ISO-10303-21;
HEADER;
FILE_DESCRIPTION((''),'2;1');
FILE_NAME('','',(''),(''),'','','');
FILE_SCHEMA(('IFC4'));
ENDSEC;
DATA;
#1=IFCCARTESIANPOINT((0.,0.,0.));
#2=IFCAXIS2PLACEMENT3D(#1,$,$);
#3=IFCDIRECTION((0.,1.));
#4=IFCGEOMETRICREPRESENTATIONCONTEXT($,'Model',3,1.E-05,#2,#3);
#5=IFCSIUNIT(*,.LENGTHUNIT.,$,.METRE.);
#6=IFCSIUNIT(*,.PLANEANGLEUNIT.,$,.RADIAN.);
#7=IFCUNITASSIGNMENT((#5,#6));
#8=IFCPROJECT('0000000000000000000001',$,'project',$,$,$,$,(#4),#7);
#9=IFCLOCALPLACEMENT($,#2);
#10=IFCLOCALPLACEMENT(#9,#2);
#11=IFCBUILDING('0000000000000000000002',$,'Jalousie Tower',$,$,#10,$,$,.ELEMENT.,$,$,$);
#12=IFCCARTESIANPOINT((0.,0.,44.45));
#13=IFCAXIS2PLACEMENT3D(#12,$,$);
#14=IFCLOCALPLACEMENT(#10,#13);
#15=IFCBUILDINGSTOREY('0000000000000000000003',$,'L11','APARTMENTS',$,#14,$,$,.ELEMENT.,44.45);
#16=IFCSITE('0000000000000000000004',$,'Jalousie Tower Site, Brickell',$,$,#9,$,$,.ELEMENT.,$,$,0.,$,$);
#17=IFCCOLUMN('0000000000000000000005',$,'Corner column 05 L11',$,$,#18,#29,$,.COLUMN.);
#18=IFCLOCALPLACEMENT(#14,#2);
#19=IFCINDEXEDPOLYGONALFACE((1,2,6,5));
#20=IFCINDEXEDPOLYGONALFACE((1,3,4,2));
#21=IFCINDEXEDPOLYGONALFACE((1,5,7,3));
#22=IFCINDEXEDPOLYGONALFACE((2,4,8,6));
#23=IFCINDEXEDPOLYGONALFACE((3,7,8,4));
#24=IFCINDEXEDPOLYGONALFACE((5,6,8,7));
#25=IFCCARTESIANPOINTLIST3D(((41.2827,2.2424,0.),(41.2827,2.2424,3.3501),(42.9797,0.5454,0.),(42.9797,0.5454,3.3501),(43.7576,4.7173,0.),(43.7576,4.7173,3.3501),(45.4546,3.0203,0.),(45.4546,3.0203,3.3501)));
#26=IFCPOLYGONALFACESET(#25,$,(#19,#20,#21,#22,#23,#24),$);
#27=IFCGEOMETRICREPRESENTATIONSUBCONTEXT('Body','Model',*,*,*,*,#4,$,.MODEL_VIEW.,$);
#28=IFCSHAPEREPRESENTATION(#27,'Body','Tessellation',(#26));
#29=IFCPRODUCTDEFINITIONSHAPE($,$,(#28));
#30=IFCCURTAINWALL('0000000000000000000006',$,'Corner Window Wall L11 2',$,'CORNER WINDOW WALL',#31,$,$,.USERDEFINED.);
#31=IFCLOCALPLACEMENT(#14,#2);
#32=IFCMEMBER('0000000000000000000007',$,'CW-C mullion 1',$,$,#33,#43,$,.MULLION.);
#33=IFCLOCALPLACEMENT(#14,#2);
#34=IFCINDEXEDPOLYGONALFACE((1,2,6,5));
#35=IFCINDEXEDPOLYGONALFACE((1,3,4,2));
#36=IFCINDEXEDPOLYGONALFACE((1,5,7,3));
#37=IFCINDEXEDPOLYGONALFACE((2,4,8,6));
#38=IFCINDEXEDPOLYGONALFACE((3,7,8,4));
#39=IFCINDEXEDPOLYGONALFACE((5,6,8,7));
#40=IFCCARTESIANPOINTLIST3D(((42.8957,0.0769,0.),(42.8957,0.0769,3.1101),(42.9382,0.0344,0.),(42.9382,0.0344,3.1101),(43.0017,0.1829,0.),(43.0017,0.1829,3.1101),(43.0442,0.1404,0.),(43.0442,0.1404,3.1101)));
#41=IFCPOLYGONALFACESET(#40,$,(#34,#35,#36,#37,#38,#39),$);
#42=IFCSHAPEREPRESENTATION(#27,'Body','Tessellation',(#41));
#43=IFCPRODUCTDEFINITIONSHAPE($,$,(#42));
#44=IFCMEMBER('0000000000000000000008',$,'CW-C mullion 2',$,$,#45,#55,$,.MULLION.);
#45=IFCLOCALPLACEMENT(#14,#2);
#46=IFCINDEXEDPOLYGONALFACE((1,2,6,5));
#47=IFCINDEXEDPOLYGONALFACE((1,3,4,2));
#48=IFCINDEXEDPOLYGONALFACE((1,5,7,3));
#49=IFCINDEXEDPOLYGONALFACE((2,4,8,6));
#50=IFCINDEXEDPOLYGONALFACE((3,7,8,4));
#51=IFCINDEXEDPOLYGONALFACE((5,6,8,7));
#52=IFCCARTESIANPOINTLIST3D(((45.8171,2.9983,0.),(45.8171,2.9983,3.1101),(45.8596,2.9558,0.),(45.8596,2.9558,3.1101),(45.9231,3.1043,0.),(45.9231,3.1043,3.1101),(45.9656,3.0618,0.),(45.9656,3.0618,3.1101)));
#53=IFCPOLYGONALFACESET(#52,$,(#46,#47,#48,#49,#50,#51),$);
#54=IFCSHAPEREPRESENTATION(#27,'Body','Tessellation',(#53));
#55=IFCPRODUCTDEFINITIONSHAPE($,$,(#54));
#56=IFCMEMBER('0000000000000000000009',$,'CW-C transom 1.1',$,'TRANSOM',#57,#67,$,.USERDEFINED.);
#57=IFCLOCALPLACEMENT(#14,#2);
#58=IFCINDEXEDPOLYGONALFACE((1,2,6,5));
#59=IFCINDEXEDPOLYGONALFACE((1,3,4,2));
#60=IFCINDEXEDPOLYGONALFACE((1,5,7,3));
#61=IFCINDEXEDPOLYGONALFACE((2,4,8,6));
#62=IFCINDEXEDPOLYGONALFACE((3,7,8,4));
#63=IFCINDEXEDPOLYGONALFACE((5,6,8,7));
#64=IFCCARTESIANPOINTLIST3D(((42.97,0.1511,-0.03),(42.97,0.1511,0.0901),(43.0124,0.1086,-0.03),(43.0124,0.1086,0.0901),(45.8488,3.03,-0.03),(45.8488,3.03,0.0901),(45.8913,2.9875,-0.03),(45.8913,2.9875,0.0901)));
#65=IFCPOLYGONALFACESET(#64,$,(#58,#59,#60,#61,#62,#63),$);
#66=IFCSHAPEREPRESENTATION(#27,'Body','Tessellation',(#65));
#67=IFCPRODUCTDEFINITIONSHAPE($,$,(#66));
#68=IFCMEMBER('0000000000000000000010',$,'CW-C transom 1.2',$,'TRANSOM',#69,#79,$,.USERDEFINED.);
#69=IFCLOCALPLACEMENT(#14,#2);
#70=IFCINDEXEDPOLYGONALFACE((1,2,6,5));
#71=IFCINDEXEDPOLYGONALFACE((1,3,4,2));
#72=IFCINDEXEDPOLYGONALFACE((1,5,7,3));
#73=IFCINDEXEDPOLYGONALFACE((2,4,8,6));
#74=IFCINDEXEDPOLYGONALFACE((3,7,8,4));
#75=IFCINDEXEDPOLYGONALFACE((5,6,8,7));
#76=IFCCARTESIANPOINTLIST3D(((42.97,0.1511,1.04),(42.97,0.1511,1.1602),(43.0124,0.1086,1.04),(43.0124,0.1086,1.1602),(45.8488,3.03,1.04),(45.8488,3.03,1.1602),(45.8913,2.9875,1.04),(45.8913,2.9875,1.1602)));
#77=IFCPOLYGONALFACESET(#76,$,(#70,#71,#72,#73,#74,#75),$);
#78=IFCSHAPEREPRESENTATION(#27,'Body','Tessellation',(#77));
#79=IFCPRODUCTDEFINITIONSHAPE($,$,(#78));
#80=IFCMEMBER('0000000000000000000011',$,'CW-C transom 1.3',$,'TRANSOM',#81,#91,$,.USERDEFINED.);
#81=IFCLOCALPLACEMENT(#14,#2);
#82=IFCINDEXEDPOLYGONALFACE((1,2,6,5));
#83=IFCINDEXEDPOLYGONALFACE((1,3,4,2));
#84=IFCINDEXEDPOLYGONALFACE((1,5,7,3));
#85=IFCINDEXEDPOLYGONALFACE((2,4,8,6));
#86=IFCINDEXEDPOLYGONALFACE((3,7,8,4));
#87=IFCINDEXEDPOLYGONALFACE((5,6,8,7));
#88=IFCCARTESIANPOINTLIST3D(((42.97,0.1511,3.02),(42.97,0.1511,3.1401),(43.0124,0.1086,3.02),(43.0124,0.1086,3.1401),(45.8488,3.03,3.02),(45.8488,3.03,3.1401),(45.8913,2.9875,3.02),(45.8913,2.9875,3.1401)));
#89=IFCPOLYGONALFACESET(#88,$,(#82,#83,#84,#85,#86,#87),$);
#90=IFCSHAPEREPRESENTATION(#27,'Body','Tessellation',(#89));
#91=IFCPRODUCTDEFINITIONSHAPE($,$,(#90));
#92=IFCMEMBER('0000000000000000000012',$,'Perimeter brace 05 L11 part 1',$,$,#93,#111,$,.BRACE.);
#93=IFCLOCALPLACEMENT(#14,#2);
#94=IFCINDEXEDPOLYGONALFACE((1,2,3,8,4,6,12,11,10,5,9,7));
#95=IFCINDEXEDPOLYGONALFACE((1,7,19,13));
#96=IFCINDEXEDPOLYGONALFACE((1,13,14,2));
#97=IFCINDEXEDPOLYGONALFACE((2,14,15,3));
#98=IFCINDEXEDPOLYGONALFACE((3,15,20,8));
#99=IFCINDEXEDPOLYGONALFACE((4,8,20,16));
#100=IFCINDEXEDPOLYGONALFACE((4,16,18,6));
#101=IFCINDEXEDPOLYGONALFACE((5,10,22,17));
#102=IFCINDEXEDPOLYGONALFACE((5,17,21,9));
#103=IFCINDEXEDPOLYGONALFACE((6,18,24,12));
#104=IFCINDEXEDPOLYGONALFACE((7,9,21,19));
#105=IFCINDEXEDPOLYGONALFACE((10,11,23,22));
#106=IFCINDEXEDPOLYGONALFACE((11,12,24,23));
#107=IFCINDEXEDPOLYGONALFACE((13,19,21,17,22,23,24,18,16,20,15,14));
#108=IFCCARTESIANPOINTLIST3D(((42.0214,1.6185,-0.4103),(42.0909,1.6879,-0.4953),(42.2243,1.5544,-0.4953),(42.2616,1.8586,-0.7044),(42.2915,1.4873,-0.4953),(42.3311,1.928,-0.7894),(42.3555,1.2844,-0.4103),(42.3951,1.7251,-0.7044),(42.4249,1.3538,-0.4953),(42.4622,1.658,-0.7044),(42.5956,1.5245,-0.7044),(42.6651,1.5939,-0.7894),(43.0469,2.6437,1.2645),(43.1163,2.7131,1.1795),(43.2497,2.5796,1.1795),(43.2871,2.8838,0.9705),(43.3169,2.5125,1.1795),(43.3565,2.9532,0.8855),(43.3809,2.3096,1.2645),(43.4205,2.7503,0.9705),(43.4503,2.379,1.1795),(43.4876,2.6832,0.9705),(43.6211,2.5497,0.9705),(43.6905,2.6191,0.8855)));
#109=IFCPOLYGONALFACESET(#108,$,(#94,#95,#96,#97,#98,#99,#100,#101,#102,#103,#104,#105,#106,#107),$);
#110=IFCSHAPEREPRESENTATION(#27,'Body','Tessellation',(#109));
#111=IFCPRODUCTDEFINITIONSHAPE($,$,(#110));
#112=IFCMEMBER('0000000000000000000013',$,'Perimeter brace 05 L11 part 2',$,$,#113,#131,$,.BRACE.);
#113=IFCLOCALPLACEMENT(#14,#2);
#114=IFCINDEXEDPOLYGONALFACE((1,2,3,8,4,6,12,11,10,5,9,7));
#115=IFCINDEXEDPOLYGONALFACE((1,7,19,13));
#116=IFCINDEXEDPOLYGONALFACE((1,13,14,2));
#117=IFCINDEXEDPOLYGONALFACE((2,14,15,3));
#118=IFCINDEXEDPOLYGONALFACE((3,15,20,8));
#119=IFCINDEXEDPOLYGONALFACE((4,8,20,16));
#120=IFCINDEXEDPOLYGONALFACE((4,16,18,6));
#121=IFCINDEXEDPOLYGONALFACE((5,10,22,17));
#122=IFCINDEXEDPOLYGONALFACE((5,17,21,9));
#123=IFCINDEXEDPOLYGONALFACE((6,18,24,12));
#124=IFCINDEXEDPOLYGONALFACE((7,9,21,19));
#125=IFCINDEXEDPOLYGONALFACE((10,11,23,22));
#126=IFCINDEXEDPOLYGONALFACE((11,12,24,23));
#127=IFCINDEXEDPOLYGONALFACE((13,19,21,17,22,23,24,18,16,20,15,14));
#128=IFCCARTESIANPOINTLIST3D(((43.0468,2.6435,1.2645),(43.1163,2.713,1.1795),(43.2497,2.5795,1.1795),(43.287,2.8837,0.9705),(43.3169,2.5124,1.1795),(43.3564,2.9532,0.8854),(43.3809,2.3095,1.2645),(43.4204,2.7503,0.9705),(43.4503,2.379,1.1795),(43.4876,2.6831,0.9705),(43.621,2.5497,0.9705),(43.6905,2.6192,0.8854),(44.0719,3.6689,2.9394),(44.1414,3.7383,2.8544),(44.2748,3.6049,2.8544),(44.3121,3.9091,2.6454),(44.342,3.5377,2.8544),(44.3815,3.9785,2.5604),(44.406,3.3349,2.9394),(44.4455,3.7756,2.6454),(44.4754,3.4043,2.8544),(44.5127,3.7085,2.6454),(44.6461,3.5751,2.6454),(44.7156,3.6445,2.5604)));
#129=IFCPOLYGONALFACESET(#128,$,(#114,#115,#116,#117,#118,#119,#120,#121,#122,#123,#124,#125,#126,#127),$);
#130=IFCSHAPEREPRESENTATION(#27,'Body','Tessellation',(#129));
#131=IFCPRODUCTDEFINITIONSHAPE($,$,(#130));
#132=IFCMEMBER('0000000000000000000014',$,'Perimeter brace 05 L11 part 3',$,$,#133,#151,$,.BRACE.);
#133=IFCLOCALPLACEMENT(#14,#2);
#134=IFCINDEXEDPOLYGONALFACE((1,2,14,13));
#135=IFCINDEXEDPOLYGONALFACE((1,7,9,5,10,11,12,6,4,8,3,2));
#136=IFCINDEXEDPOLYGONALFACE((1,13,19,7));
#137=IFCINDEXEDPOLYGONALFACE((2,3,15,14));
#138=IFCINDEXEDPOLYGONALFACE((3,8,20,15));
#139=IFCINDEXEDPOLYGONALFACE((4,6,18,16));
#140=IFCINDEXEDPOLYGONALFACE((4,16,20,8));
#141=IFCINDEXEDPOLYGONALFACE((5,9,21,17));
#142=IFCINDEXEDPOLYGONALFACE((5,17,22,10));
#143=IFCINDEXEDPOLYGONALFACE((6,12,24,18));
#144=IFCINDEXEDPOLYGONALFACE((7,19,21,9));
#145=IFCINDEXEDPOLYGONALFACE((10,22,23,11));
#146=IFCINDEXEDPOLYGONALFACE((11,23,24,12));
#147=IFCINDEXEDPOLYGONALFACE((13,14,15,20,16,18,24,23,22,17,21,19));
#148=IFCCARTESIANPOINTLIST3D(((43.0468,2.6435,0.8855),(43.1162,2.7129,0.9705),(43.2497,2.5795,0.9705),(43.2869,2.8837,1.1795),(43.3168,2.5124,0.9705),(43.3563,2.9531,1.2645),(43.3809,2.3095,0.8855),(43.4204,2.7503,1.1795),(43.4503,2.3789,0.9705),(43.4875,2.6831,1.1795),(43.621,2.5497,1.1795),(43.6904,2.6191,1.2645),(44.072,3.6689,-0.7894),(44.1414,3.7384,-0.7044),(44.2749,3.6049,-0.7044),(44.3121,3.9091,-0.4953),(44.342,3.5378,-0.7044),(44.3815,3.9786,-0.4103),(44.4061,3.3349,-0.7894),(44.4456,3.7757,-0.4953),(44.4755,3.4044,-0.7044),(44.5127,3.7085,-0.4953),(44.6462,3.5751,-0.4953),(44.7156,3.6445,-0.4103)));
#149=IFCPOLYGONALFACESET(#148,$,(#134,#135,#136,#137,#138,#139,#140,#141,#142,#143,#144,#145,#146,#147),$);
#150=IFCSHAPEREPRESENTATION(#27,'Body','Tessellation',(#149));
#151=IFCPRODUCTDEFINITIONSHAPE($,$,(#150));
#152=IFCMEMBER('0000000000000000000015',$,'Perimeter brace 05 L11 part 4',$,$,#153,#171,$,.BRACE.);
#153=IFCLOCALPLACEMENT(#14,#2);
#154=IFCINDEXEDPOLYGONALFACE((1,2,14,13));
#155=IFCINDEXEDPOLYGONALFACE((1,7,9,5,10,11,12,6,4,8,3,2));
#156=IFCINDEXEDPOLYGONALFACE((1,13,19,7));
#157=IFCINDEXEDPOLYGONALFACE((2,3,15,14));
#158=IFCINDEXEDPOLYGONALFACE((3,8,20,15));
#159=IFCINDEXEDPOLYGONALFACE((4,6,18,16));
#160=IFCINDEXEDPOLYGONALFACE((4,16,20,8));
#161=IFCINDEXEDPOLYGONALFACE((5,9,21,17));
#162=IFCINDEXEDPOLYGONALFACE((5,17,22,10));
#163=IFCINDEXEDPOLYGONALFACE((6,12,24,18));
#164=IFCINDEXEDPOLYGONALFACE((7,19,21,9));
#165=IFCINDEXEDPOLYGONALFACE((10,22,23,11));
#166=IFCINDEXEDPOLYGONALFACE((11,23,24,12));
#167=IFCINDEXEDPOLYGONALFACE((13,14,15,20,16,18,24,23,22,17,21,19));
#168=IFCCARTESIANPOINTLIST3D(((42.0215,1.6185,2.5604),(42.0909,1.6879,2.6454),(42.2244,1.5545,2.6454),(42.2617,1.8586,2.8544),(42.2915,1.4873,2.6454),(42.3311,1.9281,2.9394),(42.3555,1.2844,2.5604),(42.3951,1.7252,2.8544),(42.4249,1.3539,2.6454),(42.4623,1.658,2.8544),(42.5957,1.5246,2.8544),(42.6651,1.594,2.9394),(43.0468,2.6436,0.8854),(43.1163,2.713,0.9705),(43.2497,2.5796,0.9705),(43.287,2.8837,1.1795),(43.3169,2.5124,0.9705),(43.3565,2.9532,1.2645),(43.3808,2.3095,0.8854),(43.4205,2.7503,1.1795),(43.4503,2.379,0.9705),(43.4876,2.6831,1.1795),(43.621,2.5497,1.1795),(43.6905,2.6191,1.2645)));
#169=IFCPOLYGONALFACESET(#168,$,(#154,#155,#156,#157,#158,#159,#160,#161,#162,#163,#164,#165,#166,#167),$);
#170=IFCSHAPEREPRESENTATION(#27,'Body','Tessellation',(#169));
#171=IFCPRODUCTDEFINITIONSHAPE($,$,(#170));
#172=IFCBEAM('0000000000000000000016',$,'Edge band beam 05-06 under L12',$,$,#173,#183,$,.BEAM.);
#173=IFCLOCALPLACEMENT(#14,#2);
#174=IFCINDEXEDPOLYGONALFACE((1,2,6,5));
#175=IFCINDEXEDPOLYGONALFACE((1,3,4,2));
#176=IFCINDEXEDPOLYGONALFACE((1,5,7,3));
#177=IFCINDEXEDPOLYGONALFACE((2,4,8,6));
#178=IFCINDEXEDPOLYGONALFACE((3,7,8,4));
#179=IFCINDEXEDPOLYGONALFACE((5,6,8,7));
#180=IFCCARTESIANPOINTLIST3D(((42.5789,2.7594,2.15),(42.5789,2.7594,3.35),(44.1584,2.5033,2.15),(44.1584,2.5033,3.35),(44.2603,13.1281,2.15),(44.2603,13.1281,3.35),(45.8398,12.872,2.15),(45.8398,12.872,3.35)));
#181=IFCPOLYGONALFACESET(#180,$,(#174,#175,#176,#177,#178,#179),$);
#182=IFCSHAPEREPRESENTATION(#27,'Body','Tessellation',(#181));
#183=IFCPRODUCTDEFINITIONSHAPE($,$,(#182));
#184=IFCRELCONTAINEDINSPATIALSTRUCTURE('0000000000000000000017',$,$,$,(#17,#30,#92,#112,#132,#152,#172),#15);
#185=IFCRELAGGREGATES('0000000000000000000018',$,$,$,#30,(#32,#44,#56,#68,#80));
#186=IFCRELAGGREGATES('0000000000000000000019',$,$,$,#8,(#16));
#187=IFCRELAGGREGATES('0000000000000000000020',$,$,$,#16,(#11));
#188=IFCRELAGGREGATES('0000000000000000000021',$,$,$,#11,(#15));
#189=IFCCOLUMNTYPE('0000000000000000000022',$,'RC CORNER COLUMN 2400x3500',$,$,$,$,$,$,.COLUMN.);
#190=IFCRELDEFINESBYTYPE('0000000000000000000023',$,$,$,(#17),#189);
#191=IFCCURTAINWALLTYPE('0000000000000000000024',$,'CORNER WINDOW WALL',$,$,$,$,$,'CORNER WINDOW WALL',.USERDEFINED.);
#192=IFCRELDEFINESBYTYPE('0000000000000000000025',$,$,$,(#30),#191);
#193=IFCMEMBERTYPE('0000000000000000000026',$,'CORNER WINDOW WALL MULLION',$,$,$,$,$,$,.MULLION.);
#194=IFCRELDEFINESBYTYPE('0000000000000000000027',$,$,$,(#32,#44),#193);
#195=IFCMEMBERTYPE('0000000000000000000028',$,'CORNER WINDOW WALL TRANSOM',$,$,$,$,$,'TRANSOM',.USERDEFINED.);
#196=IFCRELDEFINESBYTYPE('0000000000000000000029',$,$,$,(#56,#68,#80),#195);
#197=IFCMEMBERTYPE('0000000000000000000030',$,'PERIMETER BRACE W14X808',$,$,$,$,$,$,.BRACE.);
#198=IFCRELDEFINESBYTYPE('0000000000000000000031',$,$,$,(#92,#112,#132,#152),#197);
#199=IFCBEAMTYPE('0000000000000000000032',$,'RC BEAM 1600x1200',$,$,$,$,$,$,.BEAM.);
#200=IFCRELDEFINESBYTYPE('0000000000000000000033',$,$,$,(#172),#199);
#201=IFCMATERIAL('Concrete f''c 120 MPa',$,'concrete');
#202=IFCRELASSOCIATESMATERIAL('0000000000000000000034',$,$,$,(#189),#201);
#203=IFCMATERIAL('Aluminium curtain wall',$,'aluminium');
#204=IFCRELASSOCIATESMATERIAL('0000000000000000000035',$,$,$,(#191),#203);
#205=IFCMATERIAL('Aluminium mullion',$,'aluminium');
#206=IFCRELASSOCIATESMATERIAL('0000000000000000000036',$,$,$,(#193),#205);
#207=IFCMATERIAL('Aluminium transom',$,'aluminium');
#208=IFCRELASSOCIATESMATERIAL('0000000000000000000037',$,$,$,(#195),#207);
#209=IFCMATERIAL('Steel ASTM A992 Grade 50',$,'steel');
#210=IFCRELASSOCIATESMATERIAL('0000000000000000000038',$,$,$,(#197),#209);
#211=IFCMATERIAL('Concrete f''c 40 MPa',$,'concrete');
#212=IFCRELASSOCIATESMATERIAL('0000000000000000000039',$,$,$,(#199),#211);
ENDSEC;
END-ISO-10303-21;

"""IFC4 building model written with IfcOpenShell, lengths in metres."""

from ifc_helpers import new_model, si_unit, direction, frame, origin, origin_2d, place, context, subcontext, project, spatial, rectangle, i_section, extrude, material, material_profile, profile_set, type_object, element, aggregate, save


model = new_model("IFC4")

# Units and contexts
model_context = context("Model", 3, precision=1e-05, world=origin(), true_north=direction((0.0, 1.0)))
body_context = subcontext(model_context, "Body", "Model", "MODEL_VIEW")
ifc_project = project(units=[si_unit("LENGTHUNIT", "METRE"), si_unit("PLANEANGLEUNIT", "RADIAN")], contexts=[model_context])

# Site, building, storey
site_placement = place(None, origin())
site = spatial("IfcSite", under=ifc_project, at=site_placement, Name="Jalousie Tower Site, Brickell", CompositionType="ELEMENT", RefElevation=0.0)
building_placement = place(site_placement, origin())
building = spatial("IfcBuilding", under=site, at=building_placement, Name="Jalousie Tower", CompositionType="ELEMENT")
storey_placement = place(building_placement, frame((0.0, 0.0, 44.45)))
storey = spatial("IfcBuildingStorey", under=building, at=storey_placement, Name="L11", Description="APARTMENTS", CompositionType="ELEMENT", Elevation=44.45)

# Column
ifc_material_1 = material(Name="Concrete f'c 120 MPa", Category="concrete")
ifc_material_profile_1 = material_profile(ifc_material_1, rectangle(XDim=2.3999, YDim=3.5, at=origin_2d()), Name="RC 2400x3500")
ifc_profile_set_1 = profile_set([ifc_material_profile_1], Name="Concrete f'c 120 MPa")
column_type = type_object("IfcColumnType", Name="RC CORNER COLUMN 2400x3500", PredefinedType="COLUMN", material=ifc_profile_set_1)
column_placement = place(storey_placement, frame((43.3687, 2.6313, 0.0), z_axis=(0.0, 0.0, 1.0), x_axis=(-0.707107, 0.707107, 0.0)))
element("IfcColumn", 1, at=column_placement, inside=storey, type_object=column_type, Name="Corner column 05 L11", PredefinedType="COLUMN", context=body_context, shape_type="SweptSolid", body=[
    extrude(rectangle(XDim=2.3999, YDim=3.5, at=origin_2d()), origin(), (0.0, 0.0, 1.0), 3.3501),
])

# Curtain wall, members
ifc_material_2 = material(Name="Aluminium curtain wall", Category="aluminium")
curtain_wall_type_1 = type_object("IfcCurtainWallType", Name="CORNER WINDOW WALL", ElementType="CORNER WINDOW WALL", PredefinedType="USERDEFINED", material=ifc_material_2)
curtain_wall_1_placement = place(storey_placement, origin())
curtain_wall_1 = element("IfcCurtainWall", 2, at=curtain_wall_1_placement, inside=storey, type_object=curtain_wall_type_1, Name="Corner Window Wall L11 2", ObjectType="CORNER WINDOW WALL", PredefinedType="USERDEFINED")
ifc_material_3 = material(Name="Aluminium mullion", Category="aluminium")
ifc_material_profile_2 = material_profile(ifc_material_3, rectangle(XDim=0.0601, YDim=0.1499, at=origin_2d()), Name="MULLION 60x150")
ifc_profile_set_2 = profile_set([ifc_material_profile_2], Name="Aluminium mullion")
member_type_1 = type_object("IfcMemberType", Name="CORNER WINDOW WALL MULLION", PredefinedType="MULLION", material=ifc_profile_set_2)
member_1_placement = place(storey_placement, frame((42.97, 0.1086, 0.0), z_axis=(0.0, 0.0, 1.0), x_axis=(-0.707107, 0.707107, 0.0)))
member_1 = element("IfcMember", 3, at=member_1_placement, type_object=member_type_1, Name="CW-C mullion 1", PredefinedType="MULLION", context=body_context, shape_type="SweptSolid", body=[
    extrude(rectangle(XDim=0.0601, YDim=0.1499, at=origin_2d()), origin(), (0.0, 0.0, 1.0), 3.1101),
])
member_2_placement = place(storey_placement, frame((45.8914, 3.03, 0.0), z_axis=(0.0, 0.0, 1.0), x_axis=(-0.707107, 0.707107, 0.0)))
member_2 = element("IfcMember", 4, at=member_2_placement, type_object=member_type_1, Name="CW-C mullion 2", PredefinedType="MULLION", context=body_context, shape_type="SweptSolid", body=[
    extrude(rectangle(XDim=0.0601, YDim=0.1499, at=origin_2d()), origin(), (0.0, 0.0, 1.0), 3.1101),
])
ifc_material_4 = material(Name="Aluminium transom", Category="aluminium")
ifc_material_profile_3 = material_profile(ifc_material_4, rectangle(XDim=0.0601, YDim=0.1201, at=origin_2d()), Name="TRANSOM 60x120")
ifc_profile_set_3 = profile_set([ifc_material_profile_3], Name="Aluminium transom")
member_type_2 = type_object("IfcMemberType", Name="CORNER WINDOW WALL TRANSOM", ElementType="TRANSOM", PredefinedType="USERDEFINED", material=ifc_profile_set_3)
member_3_placement = place(storey_placement, frame((42.9912, 0.1299, 0.03), z_axis=(0.707107, 0.707107, 0.0), x_axis=(-0.707107, 0.707107, 0.0)))
member_3 = element("IfcMember", 5, at=member_3_placement, type_object=member_type_2, Name="CW-C transom 1.1", ObjectType="TRANSOM", PredefinedType="USERDEFINED", context=body_context, shape_type="SweptSolid", body=[
    extrude(rectangle(XDim=0.0601, YDim=0.1201, at=origin_2d()), origin(), (0.0, 0.0, 1.0), 4.0713),
])
member_4_placement = place(storey_placement, frame((42.9912, 0.1299, 1.1001), z_axis=(0.707107, 0.707107, 0.0), x_axis=(-0.707107, 0.707107, 0.0)))
member_4 = element("IfcMember", 6, at=member_4_placement, type_object=member_type_2, Name="CW-C transom 1.2", ObjectType="TRANSOM", PredefinedType="USERDEFINED", context=body_context, shape_type="SweptSolid", body=[
    extrude(rectangle(XDim=0.0601, YDim=0.1201, at=origin_2d()), origin(), (0.0, 0.0, 1.0), 4.0713),
])
member_5_placement = place(storey_placement, frame((42.9912, 0.1299, 3.0801), z_axis=(0.707107, 0.707107, 0.0), x_axis=(-0.707107, 0.707107, 0.0)))
member_5 = element("IfcMember", 7, at=member_5_placement, type_object=member_type_2, Name="CW-C transom 1.3", ObjectType="TRANSOM", PredefinedType="USERDEFINED", context=body_context, shape_type="SweptSolid", body=[
    extrude(rectangle(XDim=0.0601, YDim=0.1201, at=origin_2d()), origin(), (0.0, 0.0, 1.0), 4.0713),
])

# Members
ifc_material_5 = material(Name="Steel ASTM A992 Grade 50", Category="steel")
ifc_material_profile_4 = material_profile(ifc_material_5, i_section(OverallWidth=0.4724, OverallDepth=0.5791, WebThickness=0.095, FlangeThickness=0.1299, at=origin_2d()), Name="W14X808")
ifc_profile_set_4 = profile_set([ifc_material_profile_4], Name="Steel ASTM A992 Grade 50")
member_type_3 = type_object("IfcMemberType", Name="PERIMETER BRACE W14X808", PredefinedType="BRACE", material=ifc_profile_set_4)
for number, where, z_axis, x_axis, name in (
    (8, (42.3433, 1.6062, -0.5999), (0.462879, 0.462768, 0.756035), (-0.707023, 0.707191, 0.0), "Perimeter brace 05 L11 part 1"),
    (9, (43.3687, 2.6313, 1.075), (0.46273, 0.46284, 0.756082), (-0.707191, 0.707023, 0.0), "Perimeter brace 05 L11 part 2"),
    (10, (44.3938, 3.6567, -0.5999), (-0.462768, -0.462879, 0.756035), (0.707191, -0.707023, 0.0), "Perimeter brace 05 L11 part 3"),
    (11, (43.3687, 2.6313, 1.075), (-0.46284, -0.46273, 0.756082), (0.707023, -0.707191, 0.0), "Perimeter brace 05 L11 part 4"),
):
    element("IfcMember", number, at=place(storey_placement, frame(where, z_axis=z_axis, x_axis=x_axis)), inside=storey, type_object=member_type_3, Name=name, PredefinedType="BRACE", context=body_context, shape_type="SweptSolid", body=[
        extrude(i_section(OverallWidth=0.4724, OverallDepth=0.5791, WebThickness=0.095, FlangeThickness=0.1299, at=origin_2d()), origin(), (0.0, 0.0, 1.0), 2.2153),
    ])

# Beam
ifc_material_6 = material(Name="Concrete f'c 40 MPa", Category="concrete")
ifc_material_profile_5 = material_profile(ifc_material_6, rectangle(XDim=1.6001, YDim=1.2, at=origin_2d()), Name="RC 1600x1200")
ifc_profile_set_5 = profile_set([ifc_material_profile_5], Name="Concrete f'c 40 MPa")
beam_type_1 = type_object("IfcBeamType", Name="RC BEAM 1600x1200", PredefinedType="BEAM", material=ifc_profile_set_5)
beam_1_placement = place(storey_placement, frame((43.3687, 2.6313, 2.75), z_axis=(0.160071, 0.987106, 0.0), x_axis=(-0.987106, 0.160071, 0.0)))
element("IfcBeam", 12, at=beam_1_placement, inside=storey, type_object=beam_type_1, Name="Edge band beam 05-06 under L12", PredefinedType="BEAM", context=body_context, shape_type="SweptSolid", body=[
    extrude(rectangle(XDim=1.6001, YDim=1.2, at=origin_2d()), origin(), (0.0, 0.0, 1.0), 10.5042),
])

aggregate(curtain_wall_1, [member_1, member_2, member_3, member_4, member_5])

save(model, "model.ifc")
